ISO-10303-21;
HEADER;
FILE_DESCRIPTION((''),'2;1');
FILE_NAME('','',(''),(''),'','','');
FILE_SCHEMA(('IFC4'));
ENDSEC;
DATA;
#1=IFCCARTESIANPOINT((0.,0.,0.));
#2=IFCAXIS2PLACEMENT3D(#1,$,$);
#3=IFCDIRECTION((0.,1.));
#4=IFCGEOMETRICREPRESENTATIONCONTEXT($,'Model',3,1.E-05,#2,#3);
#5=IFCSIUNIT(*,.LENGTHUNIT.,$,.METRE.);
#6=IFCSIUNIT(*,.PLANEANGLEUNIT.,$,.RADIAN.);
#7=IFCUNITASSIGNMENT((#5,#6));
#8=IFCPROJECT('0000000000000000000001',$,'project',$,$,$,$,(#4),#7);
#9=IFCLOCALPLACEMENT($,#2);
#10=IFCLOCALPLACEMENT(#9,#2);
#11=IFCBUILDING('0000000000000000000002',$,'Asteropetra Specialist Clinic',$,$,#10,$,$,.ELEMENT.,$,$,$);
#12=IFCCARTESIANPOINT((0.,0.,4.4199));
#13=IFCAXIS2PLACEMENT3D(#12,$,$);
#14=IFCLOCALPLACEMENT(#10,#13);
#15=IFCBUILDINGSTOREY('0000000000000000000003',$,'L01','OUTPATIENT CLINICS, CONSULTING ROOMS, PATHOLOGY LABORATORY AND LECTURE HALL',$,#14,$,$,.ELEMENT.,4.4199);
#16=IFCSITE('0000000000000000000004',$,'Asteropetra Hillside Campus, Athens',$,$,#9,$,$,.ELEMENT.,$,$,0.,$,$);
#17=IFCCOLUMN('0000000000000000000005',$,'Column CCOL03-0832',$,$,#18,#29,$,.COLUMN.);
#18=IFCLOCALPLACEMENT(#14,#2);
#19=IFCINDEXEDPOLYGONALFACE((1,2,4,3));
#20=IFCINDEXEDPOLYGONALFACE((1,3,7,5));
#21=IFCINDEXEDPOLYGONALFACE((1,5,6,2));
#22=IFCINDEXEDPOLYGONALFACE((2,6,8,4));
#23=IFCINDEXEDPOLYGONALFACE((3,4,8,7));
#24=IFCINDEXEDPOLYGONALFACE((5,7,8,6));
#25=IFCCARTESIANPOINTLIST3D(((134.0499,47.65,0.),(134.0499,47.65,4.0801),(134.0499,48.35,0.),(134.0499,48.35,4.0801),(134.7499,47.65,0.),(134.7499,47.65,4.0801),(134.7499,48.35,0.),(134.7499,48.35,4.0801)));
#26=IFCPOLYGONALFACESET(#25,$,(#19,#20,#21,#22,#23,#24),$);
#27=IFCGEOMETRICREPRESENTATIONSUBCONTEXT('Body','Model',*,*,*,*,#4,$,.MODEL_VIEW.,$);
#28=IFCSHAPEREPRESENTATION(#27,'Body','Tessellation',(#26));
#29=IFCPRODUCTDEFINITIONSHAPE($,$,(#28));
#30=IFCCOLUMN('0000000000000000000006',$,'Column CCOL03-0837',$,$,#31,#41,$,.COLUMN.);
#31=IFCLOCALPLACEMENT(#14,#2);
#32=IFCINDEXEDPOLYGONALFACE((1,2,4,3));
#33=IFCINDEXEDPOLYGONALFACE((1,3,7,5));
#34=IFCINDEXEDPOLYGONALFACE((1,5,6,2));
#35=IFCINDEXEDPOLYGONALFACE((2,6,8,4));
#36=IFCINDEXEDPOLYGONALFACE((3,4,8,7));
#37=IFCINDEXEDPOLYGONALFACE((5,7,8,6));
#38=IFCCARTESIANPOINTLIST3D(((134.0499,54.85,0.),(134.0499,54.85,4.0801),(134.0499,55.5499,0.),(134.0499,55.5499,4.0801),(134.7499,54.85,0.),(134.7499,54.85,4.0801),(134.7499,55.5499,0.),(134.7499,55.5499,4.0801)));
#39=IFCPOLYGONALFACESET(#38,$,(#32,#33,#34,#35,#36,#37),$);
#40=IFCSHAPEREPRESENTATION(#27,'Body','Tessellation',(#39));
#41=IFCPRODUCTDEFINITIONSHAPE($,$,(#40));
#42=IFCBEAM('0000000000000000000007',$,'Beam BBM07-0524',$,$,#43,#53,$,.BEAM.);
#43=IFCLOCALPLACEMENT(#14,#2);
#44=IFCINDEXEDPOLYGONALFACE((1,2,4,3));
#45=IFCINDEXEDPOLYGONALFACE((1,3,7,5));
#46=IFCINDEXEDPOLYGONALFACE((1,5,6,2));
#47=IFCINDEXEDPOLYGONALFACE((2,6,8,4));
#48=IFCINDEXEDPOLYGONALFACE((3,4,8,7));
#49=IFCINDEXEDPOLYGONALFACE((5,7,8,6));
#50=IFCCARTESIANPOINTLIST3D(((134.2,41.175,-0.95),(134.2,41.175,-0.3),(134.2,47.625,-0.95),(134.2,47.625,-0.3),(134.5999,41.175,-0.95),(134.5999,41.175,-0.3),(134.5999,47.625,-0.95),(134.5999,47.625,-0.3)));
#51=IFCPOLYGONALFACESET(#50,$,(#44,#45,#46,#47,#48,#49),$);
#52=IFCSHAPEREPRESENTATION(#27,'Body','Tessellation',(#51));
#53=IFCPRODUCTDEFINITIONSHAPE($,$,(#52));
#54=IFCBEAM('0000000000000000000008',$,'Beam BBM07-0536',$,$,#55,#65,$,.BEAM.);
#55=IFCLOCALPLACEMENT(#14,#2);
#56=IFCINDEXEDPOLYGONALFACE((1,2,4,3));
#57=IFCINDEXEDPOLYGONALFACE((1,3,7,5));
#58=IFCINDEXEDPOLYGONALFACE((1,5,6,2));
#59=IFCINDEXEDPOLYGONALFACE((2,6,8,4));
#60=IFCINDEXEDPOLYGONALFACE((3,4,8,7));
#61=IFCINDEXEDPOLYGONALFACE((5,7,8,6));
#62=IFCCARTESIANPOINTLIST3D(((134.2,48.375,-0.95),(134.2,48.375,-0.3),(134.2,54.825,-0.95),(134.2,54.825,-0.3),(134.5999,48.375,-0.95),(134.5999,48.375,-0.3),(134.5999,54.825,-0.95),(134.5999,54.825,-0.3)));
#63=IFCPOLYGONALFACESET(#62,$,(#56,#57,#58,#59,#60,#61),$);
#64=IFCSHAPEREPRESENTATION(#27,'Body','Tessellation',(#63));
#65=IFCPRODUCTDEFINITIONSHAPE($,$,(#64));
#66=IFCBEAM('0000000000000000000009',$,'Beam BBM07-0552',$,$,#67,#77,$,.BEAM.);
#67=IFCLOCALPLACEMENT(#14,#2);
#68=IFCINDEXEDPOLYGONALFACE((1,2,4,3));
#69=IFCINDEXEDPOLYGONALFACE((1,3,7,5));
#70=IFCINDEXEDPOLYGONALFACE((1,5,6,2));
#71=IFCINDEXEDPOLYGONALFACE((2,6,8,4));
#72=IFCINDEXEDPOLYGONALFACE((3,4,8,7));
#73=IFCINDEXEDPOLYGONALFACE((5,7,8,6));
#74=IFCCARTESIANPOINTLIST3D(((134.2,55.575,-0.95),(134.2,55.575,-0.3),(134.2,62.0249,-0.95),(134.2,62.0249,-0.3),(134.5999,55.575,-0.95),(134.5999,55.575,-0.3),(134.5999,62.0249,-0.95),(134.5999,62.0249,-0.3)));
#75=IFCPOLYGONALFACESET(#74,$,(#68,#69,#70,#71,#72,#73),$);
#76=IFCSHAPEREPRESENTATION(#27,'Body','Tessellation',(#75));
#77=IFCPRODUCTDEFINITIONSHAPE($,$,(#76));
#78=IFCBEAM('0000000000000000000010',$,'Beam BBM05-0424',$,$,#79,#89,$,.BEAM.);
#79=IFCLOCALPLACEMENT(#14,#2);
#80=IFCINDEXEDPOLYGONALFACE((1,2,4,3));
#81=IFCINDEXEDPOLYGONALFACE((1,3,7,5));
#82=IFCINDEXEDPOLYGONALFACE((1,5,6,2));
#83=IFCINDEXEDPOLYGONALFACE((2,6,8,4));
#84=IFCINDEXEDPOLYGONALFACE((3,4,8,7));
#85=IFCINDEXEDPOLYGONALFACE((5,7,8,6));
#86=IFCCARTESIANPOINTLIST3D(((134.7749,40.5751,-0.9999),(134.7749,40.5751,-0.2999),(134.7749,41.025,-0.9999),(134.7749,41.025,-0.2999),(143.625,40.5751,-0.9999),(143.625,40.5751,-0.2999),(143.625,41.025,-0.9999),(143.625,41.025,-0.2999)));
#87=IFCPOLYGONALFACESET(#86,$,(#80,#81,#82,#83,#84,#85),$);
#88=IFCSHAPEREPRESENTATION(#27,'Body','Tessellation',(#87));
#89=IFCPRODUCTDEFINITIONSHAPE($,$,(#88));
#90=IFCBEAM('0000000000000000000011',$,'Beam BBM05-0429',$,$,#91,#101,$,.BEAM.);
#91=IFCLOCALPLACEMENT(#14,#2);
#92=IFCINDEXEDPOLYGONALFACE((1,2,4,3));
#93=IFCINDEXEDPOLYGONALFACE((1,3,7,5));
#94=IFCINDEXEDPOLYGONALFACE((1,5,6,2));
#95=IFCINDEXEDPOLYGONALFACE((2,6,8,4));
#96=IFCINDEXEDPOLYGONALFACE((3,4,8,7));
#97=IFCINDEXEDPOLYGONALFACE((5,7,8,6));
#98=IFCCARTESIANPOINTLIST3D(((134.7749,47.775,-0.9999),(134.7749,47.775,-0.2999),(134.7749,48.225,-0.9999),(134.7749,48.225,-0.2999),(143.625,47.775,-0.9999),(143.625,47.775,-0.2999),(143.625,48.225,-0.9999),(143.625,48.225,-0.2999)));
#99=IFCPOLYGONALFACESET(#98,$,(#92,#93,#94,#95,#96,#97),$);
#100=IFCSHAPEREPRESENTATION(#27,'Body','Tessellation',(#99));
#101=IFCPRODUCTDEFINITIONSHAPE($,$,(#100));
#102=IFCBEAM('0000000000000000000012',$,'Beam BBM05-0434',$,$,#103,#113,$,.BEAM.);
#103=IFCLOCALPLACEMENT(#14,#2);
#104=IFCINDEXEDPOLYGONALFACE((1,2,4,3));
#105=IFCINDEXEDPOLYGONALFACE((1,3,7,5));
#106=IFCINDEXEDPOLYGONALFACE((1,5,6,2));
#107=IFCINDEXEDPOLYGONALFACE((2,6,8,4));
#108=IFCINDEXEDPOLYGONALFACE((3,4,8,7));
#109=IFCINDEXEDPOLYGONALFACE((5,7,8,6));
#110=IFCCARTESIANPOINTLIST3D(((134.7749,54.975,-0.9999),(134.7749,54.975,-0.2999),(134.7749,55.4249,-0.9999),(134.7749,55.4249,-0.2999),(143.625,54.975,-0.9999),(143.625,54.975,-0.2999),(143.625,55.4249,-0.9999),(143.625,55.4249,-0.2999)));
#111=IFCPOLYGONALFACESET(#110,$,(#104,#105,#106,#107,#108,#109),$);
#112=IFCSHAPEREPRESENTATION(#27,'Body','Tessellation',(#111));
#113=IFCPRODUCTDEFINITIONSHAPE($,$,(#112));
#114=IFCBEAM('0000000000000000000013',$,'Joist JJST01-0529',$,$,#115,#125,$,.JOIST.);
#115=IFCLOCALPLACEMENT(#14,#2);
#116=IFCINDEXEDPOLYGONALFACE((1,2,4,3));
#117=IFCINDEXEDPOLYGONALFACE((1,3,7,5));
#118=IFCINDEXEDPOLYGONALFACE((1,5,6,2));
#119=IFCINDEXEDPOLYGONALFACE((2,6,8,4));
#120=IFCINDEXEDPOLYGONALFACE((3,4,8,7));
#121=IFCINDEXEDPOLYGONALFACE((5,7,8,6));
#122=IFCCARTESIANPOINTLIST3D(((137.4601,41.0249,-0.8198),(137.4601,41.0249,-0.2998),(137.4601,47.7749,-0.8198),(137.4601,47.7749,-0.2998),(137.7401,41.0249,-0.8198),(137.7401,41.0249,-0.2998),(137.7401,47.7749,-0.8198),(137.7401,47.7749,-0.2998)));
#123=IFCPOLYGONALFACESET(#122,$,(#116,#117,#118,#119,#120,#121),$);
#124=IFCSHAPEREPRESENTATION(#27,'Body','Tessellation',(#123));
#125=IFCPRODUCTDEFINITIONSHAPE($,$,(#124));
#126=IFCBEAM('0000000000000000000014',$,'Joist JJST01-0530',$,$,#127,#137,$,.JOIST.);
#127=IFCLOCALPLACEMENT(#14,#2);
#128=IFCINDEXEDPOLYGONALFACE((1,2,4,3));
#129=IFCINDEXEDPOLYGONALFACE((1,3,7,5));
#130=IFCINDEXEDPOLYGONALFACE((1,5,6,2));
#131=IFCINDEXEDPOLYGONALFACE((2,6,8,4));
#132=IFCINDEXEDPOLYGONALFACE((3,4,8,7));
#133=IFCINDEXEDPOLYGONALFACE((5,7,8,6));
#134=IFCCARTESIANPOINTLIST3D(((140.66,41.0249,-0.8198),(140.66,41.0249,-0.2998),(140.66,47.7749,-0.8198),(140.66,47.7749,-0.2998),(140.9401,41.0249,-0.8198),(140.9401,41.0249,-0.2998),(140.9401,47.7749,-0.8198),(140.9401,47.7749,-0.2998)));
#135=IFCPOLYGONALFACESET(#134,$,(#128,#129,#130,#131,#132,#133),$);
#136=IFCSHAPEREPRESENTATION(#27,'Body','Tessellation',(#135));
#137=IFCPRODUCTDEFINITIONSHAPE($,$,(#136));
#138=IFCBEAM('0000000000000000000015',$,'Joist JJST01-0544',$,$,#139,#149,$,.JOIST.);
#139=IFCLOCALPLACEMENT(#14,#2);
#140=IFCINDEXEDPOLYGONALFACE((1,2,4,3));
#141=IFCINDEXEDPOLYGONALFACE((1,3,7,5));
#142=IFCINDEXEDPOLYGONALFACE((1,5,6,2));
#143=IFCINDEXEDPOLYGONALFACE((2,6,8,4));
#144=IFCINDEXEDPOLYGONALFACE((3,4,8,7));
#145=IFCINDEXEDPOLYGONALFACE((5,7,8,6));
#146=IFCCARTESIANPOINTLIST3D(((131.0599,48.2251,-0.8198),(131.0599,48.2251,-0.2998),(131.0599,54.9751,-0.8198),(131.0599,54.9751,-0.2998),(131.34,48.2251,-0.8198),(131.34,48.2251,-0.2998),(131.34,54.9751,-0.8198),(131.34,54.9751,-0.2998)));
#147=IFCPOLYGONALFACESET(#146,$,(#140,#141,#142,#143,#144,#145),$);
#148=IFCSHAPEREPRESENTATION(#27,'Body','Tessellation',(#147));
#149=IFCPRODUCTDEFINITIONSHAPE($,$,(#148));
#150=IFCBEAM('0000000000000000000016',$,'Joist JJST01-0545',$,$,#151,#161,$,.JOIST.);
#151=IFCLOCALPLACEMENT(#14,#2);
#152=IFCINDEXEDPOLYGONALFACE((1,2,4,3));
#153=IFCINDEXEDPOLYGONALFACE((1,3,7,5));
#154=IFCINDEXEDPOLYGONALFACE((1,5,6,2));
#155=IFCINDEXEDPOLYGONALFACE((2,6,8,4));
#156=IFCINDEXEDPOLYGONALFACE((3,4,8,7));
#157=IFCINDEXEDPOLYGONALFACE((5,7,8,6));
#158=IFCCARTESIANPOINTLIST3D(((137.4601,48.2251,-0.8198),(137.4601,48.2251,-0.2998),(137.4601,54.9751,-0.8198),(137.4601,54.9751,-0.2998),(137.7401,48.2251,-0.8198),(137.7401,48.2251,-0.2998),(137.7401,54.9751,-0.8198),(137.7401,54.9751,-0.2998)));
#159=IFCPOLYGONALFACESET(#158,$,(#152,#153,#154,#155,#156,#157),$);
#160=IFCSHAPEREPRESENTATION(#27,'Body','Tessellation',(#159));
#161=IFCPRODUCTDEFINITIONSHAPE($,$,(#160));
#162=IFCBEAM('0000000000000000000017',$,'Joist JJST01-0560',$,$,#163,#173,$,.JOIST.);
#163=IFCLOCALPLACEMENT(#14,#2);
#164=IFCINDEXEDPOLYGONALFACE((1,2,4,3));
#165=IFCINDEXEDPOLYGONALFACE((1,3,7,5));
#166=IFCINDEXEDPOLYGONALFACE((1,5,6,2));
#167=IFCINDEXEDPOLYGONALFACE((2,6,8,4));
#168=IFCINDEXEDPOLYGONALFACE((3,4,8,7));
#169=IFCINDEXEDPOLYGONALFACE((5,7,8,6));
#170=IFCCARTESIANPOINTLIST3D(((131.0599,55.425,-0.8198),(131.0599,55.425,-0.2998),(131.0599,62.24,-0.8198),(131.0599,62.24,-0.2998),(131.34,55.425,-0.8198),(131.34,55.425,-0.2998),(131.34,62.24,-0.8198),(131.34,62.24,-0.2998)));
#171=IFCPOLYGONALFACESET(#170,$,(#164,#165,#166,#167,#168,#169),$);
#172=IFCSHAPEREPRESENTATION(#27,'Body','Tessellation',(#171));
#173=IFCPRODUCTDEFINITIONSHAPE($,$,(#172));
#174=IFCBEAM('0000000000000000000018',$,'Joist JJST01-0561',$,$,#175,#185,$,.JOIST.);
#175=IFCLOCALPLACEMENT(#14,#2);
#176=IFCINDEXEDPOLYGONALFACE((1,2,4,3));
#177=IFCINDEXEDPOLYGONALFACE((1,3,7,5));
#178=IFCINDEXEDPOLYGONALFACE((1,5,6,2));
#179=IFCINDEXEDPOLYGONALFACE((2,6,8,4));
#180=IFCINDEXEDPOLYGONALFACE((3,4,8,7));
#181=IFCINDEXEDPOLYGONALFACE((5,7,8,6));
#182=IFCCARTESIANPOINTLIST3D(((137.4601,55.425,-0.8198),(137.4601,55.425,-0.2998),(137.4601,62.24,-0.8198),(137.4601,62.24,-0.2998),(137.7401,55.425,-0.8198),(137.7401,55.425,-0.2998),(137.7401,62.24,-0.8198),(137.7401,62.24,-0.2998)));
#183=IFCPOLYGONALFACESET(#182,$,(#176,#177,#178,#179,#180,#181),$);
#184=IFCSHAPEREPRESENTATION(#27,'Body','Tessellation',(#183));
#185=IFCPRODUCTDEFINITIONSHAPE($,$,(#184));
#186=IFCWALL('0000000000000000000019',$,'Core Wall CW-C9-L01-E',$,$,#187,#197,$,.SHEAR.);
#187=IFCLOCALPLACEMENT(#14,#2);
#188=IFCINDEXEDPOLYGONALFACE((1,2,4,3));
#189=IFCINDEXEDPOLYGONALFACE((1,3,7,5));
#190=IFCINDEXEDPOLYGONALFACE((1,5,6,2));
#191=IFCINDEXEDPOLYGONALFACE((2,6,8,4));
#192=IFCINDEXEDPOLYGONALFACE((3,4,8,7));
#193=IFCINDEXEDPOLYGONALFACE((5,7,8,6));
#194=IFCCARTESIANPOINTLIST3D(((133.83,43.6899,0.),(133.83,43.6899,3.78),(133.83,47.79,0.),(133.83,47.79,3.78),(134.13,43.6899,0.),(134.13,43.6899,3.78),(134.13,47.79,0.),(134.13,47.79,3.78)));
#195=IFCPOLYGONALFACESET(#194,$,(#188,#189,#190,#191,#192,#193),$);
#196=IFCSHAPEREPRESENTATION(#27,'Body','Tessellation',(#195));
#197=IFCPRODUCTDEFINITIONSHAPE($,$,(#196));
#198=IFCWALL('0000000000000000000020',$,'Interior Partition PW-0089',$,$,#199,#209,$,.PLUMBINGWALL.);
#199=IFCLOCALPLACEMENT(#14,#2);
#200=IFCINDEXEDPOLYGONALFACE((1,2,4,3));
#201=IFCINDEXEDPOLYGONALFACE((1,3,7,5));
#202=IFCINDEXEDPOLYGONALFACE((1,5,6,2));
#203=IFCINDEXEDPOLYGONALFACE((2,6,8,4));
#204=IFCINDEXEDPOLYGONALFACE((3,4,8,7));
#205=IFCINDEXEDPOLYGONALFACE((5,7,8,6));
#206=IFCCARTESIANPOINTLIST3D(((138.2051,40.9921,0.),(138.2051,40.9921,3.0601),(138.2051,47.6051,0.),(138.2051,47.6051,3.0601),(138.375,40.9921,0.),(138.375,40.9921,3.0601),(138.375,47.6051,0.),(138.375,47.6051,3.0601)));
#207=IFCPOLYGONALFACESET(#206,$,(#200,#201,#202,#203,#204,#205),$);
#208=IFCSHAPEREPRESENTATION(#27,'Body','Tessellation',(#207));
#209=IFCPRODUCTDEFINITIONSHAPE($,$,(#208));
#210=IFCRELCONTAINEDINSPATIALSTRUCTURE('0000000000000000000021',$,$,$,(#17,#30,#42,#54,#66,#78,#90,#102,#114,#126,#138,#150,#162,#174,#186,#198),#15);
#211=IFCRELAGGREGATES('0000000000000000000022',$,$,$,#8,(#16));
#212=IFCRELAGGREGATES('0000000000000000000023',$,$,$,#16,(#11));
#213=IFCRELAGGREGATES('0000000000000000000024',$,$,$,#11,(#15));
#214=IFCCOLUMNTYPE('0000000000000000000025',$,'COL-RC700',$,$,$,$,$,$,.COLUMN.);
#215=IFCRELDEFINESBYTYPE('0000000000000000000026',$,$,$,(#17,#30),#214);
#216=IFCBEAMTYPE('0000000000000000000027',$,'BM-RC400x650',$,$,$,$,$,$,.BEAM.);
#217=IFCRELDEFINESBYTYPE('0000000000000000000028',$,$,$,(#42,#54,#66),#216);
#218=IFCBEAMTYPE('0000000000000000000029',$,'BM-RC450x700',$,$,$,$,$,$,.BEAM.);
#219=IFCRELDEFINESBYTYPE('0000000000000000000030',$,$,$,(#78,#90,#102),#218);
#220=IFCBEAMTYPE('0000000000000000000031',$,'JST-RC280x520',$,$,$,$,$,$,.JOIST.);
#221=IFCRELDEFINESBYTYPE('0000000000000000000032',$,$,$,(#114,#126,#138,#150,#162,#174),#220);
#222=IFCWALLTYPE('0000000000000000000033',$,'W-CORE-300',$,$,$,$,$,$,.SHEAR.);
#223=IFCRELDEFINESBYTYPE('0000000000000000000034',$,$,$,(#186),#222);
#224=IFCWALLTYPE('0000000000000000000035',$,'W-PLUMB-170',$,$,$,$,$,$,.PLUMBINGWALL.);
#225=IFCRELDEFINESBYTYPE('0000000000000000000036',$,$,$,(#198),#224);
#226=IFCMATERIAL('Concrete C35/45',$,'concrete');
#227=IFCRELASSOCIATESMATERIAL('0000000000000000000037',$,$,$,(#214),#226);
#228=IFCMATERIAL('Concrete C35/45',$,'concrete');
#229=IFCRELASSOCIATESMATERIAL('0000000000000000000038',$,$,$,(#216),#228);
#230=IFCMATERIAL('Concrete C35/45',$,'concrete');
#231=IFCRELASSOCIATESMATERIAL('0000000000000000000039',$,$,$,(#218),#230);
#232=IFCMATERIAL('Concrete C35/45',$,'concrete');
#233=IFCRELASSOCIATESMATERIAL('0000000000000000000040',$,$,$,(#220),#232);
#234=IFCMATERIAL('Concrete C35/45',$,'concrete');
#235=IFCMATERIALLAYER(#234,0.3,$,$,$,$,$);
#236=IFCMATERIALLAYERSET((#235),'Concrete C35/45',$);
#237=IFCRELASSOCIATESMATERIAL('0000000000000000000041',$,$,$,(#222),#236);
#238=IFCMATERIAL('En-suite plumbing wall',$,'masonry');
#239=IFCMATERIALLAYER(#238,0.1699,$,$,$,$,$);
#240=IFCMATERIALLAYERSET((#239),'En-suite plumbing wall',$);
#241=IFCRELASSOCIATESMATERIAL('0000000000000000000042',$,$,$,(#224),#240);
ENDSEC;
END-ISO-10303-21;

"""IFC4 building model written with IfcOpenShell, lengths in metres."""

from ifc_helpers import new_model, si_unit, direction, frame, frame_2d, origin, origin_2d, place, context, subcontext, project, spatial, rectangle, extrude, material, layer, layer_set, material_profile, profile_set, type_object, element, save


model = new_model("IFC4")

# Units and contexts
model_context = context("Model", 3, precision=1e-05, world=origin(), true_north=direction((0.0, 1.0)))
body_context = subcontext(model_context, "Body", "Model", "MODEL_VIEW")
ifc_project = project(units=[si_unit("LENGTHUNIT", "METRE"), si_unit("PLANEANGLEUNIT", "RADIAN")], contexts=[model_context])

# Site, building, storey
site_placement = place(None, origin())
site = spatial("IfcSite", under=ifc_project, at=site_placement, Name="Asteropetra Hillside Campus, Athens", CompositionType="ELEMENT", RefElevation=0.0)
building_placement = place(site_placement, origin())
building = spatial("IfcBuilding", under=site, at=building_placement, Name="Asteropetra Specialist Clinic", CompositionType="ELEMENT")
storey_placement = place(building_placement, frame((0.0, 0.0, 4.4199)))
storey = spatial("IfcBuildingStorey", under=building, at=storey_placement, Name="L01", Description="OUTPATIENT CLINICS, CONSULTING ROOMS, PATHOLOGY LABORATORY AND LECTURE HALL", CompositionType="ELEMENT", Elevation=4.4199)

# Columns
ifc_material_1 = material(Name="Concrete C35/45", Category="concrete")
ifc_material_profile_1 = material_profile(ifc_material_1, rectangle(XDim=0.7, YDim=0.7, at=origin_2d()), Name="RC 700x700")
ifc_profile_set_1 = profile_set([ifc_material_profile_1], Name="Concrete C35/45")
column_type = type_object("IfcColumnType", Name="COL-RC700", PredefinedType="COLUMN", material=ifc_profile_set_1)
for number, where, z_axis, x_axis, name in (
    (1, (134.3999, 48.0, 0.0), (0.0, 0.0, 1.0), (1.0, 0.0, 0.0), "Column CCOL03-0832"),
    (2, (134.3999, 55.2, 0.0), (0.0, 0.0, 1.0), (1.0, 0.0, 0.0), "Column CCOL03-0837"),
):
    element("IfcColumn", number, at=place(storey_placement, frame(where, z_axis=z_axis, x_axis=x_axis)), inside=storey, type_object=column_type, Name=name, PredefinedType="COLUMN", context=body_context, shape_type="SweptSolid", body=[
        extrude(rectangle(XDim=0.7, YDim=0.7, at=origin_2d()), origin(), (0.0, 0.0, 1.0), 4.0801),
    ])

# Beams
ifc_material_2 = material(Name="Concrete C35/45", Category="concrete")
ifc_material_profile_2 = material_profile(ifc_material_2, rectangle(XDim=0.3999, YDim=0.6499, at=origin_2d()), Name="RCB 400x650")
ifc_profile_set_2 = profile_set([ifc_material_profile_2], Name="Concrete C35/45")
beam_type_1 = type_object("IfcBeamType", Name="BM-RC400x650", PredefinedType="BEAM", material=ifc_profile_set_2)
for number, where, z_axis, x_axis, name in (
    (3, (134.3999, 41.175, -0.625), (0.0, 1.0, 0.0), (-1.0, 0.0, 0.0), "Beam BBM07-0524"),
    (4, (134.3999, 48.375, -0.625), (0.0, 1.0, 0.0), (-1.0, 0.0, 0.0), "Beam BBM07-0536"),
    (5, (134.3999, 55.575, -0.625), (0.0, 1.0, 0.0), (-1.0, 0.0, 0.0), "Beam BBM07-0552"),
):
    element("IfcBeam", number, at=place(storey_placement, frame(where, z_axis=z_axis, x_axis=x_axis)), inside=storey, type_object=beam_type_1, Name=name, PredefinedType="BEAM", context=body_context, shape_type="SweptSolid", body=[
        extrude(rectangle(XDim=0.3999, YDim=0.6499, at=origin_2d()), origin(), (0.0, 0.0, 1.0), 6.45),
    ])
ifc_material_3 = material(Name="Concrete C35/45", Category="concrete")
ifc_material_profile_3 = material_profile(ifc_material_3, rectangle(XDim=0.45, YDim=0.7, at=origin_2d()), Name="RCB 450x700")
ifc_profile_set_3 = profile_set([ifc_material_profile_3], Name="Concrete C35/45")
beam_type_2 = type_object("IfcBeamType", Name="BM-RC450x700", PredefinedType="BEAM", material=ifc_profile_set_3)
for number, where, z_axis, x_axis, name in (
    (6, (134.7749, 40.8, -0.6499), (1.0, 0.0, 0.0), (0.0, 1.0, 0.0), "Beam BBM05-0424"),
    (7, (134.7749, 48.0, -0.6499), (1.0, 0.0, 0.0), (0.0, 1.0, 0.0), "Beam BBM05-0429"),
    (8, (134.7749, 55.2, -0.6499), (1.0, 0.0, 0.0), (0.0, 1.0, 0.0), "Beam BBM05-0434"),
):
    element("IfcBeam", number, at=place(storey_placement, frame(where, z_axis=z_axis, x_axis=x_axis)), inside=storey, type_object=beam_type_2, Name=name, PredefinedType="BEAM", context=body_context, shape_type="SweptSolid", body=[
        extrude(rectangle(XDim=0.45, YDim=0.7, at=origin_2d()), origin(), (0.0, 0.0, 1.0), 8.8501),
    ])
ifc_material_4 = material(Name="Concrete C35/45", Category="concrete")
ifc_material_profile_4 = material_profile(ifc_material_4, rectangle(XDim=0.28, YDim=0.52, at=origin_2d()), Name="RCJ 280x520")
ifc_profile_set_4 = profile_set([ifc_material_profile_4], Name="Concrete C35/45")
beam_type_3 = type_object("IfcBeamType", Name="JST-RC280x520", PredefinedType="JOIST", material=ifc_profile_set_4)
for number, where, z_axis, x_axis, name in (
    (9, (137.6001, 41.0249, -0.5598), (0.0, 1.0, 0.0), (-1.0, 0.0, 0.0), "Joist JJST01-0529"),
    (10, (140.8, 41.0249, -0.5598), (0.0, 1.0, 0.0), (-1.0, 0.0, 0.0), "Joist JJST01-0530"),
    (11, (131.2, 48.2251, -0.5598), (0.0, 1.0, 0.0), (-1.0, 0.0, 0.0), "Joist JJST01-0544"),
    (12, (137.6001, 48.2251, -0.5598), (0.0, 1.0, 0.0), (-1.0, 0.0, 0.0), "Joist JJST01-0545"),
):
    element("IfcBeam", number, at=place(storey_placement, frame(where, z_axis=z_axis, x_axis=x_axis)), inside=storey, type_object=beam_type_3, Name=name, PredefinedType="JOIST", context=body_context, shape_type="SweptSolid", body=[
        extrude(rectangle(XDim=0.28, YDim=0.52, at=origin_2d()), origin(), (0.0, 0.0, 1.0), 6.75),
    ])
for number, where, z_axis, x_axis, name in (
    (13, (131.2, 55.425, -0.5598), (0.0, 1.0, 0.0), (-1.0, 0.0, 0.0), "Joist JJST01-0560"),
    (14, (137.6001, 55.425, -0.5598), (0.0, 1.0, 0.0), (-1.0, 0.0, 0.0), "Joist JJST01-0561"),
):
    element("IfcBeam", number, at=place(storey_placement, frame(where, z_axis=z_axis, x_axis=x_axis)), inside=storey, type_object=beam_type_3, Name=name, PredefinedType="JOIST", context=body_context, shape_type="SweptSolid", body=[
        extrude(rectangle(XDim=0.28, YDim=0.52, at=origin_2d()), origin(), (0.0, 0.0, 1.0), 6.8149),
    ])

# Walls
ifc_material_5 = material(Name="Concrete C35/45", Category="concrete")
ifc_layer_1 = layer(ifc_material_5, 0.3)
ifc_layer_set_1 = layer_set([ifc_layer_1], Name="Concrete C35/45")
wall_type_1 = type_object("IfcWallType", Name="W-CORE-300", PredefinedType="SHEAR", material=ifc_layer_set_1)
wall_1_placement = place(storey_placement, frame((133.98, 43.6899, 0.0), z_axis=(0.0, 0.0, 1.0), x_axis=(0.0, 1.0, 0.0)))
element("IfcWall", 15, at=wall_1_placement, inside=storey, type_object=wall_type_1, Name="Core Wall CW-C9-L01-E", PredefinedType="SHEAR", context=body_context, shape_type="SweptSolid", body=[
    extrude(rectangle(XDim=4.1001, YDim=0.3, at=frame_2d((2.05, 0.0))), origin(), (0.0, 0.0, 1.0), 3.78),
])
ifc_material_6 = material(Name="En-suite plumbing wall", Category="masonry")
ifc_layer_2 = layer(ifc_material_6, 0.1699)
ifc_layer_set_2 = layer_set([ifc_layer_2], Name="En-suite plumbing wall")
wall_type_2 = type_object("IfcWallType", Name="W-PLUMB-170", PredefinedType="PLUMBINGWALL", material=ifc_layer_set_2)
wall_2_placement = place(storey_placement, frame((138.29, 40.9919, 0.0), z_axis=(0.0, 0.0, 1.0), x_axis=(0.0, 1.0, 0.0)))
element("IfcWall", 16, at=wall_2_placement, inside=storey, type_object=wall_type_2, Name="Interior Partition PW-0089", PredefinedType="PLUMBINGWALL", context=body_context, shape_type="SweptSolid", body=[
    extrude(rectangle(XDim=6.613, YDim=0.1699, at=frame_2d((3.3066, 0.0))), origin(), (0.0, 0.0, 1.0), 3.0601),
])

save(model, "model.ifc")
